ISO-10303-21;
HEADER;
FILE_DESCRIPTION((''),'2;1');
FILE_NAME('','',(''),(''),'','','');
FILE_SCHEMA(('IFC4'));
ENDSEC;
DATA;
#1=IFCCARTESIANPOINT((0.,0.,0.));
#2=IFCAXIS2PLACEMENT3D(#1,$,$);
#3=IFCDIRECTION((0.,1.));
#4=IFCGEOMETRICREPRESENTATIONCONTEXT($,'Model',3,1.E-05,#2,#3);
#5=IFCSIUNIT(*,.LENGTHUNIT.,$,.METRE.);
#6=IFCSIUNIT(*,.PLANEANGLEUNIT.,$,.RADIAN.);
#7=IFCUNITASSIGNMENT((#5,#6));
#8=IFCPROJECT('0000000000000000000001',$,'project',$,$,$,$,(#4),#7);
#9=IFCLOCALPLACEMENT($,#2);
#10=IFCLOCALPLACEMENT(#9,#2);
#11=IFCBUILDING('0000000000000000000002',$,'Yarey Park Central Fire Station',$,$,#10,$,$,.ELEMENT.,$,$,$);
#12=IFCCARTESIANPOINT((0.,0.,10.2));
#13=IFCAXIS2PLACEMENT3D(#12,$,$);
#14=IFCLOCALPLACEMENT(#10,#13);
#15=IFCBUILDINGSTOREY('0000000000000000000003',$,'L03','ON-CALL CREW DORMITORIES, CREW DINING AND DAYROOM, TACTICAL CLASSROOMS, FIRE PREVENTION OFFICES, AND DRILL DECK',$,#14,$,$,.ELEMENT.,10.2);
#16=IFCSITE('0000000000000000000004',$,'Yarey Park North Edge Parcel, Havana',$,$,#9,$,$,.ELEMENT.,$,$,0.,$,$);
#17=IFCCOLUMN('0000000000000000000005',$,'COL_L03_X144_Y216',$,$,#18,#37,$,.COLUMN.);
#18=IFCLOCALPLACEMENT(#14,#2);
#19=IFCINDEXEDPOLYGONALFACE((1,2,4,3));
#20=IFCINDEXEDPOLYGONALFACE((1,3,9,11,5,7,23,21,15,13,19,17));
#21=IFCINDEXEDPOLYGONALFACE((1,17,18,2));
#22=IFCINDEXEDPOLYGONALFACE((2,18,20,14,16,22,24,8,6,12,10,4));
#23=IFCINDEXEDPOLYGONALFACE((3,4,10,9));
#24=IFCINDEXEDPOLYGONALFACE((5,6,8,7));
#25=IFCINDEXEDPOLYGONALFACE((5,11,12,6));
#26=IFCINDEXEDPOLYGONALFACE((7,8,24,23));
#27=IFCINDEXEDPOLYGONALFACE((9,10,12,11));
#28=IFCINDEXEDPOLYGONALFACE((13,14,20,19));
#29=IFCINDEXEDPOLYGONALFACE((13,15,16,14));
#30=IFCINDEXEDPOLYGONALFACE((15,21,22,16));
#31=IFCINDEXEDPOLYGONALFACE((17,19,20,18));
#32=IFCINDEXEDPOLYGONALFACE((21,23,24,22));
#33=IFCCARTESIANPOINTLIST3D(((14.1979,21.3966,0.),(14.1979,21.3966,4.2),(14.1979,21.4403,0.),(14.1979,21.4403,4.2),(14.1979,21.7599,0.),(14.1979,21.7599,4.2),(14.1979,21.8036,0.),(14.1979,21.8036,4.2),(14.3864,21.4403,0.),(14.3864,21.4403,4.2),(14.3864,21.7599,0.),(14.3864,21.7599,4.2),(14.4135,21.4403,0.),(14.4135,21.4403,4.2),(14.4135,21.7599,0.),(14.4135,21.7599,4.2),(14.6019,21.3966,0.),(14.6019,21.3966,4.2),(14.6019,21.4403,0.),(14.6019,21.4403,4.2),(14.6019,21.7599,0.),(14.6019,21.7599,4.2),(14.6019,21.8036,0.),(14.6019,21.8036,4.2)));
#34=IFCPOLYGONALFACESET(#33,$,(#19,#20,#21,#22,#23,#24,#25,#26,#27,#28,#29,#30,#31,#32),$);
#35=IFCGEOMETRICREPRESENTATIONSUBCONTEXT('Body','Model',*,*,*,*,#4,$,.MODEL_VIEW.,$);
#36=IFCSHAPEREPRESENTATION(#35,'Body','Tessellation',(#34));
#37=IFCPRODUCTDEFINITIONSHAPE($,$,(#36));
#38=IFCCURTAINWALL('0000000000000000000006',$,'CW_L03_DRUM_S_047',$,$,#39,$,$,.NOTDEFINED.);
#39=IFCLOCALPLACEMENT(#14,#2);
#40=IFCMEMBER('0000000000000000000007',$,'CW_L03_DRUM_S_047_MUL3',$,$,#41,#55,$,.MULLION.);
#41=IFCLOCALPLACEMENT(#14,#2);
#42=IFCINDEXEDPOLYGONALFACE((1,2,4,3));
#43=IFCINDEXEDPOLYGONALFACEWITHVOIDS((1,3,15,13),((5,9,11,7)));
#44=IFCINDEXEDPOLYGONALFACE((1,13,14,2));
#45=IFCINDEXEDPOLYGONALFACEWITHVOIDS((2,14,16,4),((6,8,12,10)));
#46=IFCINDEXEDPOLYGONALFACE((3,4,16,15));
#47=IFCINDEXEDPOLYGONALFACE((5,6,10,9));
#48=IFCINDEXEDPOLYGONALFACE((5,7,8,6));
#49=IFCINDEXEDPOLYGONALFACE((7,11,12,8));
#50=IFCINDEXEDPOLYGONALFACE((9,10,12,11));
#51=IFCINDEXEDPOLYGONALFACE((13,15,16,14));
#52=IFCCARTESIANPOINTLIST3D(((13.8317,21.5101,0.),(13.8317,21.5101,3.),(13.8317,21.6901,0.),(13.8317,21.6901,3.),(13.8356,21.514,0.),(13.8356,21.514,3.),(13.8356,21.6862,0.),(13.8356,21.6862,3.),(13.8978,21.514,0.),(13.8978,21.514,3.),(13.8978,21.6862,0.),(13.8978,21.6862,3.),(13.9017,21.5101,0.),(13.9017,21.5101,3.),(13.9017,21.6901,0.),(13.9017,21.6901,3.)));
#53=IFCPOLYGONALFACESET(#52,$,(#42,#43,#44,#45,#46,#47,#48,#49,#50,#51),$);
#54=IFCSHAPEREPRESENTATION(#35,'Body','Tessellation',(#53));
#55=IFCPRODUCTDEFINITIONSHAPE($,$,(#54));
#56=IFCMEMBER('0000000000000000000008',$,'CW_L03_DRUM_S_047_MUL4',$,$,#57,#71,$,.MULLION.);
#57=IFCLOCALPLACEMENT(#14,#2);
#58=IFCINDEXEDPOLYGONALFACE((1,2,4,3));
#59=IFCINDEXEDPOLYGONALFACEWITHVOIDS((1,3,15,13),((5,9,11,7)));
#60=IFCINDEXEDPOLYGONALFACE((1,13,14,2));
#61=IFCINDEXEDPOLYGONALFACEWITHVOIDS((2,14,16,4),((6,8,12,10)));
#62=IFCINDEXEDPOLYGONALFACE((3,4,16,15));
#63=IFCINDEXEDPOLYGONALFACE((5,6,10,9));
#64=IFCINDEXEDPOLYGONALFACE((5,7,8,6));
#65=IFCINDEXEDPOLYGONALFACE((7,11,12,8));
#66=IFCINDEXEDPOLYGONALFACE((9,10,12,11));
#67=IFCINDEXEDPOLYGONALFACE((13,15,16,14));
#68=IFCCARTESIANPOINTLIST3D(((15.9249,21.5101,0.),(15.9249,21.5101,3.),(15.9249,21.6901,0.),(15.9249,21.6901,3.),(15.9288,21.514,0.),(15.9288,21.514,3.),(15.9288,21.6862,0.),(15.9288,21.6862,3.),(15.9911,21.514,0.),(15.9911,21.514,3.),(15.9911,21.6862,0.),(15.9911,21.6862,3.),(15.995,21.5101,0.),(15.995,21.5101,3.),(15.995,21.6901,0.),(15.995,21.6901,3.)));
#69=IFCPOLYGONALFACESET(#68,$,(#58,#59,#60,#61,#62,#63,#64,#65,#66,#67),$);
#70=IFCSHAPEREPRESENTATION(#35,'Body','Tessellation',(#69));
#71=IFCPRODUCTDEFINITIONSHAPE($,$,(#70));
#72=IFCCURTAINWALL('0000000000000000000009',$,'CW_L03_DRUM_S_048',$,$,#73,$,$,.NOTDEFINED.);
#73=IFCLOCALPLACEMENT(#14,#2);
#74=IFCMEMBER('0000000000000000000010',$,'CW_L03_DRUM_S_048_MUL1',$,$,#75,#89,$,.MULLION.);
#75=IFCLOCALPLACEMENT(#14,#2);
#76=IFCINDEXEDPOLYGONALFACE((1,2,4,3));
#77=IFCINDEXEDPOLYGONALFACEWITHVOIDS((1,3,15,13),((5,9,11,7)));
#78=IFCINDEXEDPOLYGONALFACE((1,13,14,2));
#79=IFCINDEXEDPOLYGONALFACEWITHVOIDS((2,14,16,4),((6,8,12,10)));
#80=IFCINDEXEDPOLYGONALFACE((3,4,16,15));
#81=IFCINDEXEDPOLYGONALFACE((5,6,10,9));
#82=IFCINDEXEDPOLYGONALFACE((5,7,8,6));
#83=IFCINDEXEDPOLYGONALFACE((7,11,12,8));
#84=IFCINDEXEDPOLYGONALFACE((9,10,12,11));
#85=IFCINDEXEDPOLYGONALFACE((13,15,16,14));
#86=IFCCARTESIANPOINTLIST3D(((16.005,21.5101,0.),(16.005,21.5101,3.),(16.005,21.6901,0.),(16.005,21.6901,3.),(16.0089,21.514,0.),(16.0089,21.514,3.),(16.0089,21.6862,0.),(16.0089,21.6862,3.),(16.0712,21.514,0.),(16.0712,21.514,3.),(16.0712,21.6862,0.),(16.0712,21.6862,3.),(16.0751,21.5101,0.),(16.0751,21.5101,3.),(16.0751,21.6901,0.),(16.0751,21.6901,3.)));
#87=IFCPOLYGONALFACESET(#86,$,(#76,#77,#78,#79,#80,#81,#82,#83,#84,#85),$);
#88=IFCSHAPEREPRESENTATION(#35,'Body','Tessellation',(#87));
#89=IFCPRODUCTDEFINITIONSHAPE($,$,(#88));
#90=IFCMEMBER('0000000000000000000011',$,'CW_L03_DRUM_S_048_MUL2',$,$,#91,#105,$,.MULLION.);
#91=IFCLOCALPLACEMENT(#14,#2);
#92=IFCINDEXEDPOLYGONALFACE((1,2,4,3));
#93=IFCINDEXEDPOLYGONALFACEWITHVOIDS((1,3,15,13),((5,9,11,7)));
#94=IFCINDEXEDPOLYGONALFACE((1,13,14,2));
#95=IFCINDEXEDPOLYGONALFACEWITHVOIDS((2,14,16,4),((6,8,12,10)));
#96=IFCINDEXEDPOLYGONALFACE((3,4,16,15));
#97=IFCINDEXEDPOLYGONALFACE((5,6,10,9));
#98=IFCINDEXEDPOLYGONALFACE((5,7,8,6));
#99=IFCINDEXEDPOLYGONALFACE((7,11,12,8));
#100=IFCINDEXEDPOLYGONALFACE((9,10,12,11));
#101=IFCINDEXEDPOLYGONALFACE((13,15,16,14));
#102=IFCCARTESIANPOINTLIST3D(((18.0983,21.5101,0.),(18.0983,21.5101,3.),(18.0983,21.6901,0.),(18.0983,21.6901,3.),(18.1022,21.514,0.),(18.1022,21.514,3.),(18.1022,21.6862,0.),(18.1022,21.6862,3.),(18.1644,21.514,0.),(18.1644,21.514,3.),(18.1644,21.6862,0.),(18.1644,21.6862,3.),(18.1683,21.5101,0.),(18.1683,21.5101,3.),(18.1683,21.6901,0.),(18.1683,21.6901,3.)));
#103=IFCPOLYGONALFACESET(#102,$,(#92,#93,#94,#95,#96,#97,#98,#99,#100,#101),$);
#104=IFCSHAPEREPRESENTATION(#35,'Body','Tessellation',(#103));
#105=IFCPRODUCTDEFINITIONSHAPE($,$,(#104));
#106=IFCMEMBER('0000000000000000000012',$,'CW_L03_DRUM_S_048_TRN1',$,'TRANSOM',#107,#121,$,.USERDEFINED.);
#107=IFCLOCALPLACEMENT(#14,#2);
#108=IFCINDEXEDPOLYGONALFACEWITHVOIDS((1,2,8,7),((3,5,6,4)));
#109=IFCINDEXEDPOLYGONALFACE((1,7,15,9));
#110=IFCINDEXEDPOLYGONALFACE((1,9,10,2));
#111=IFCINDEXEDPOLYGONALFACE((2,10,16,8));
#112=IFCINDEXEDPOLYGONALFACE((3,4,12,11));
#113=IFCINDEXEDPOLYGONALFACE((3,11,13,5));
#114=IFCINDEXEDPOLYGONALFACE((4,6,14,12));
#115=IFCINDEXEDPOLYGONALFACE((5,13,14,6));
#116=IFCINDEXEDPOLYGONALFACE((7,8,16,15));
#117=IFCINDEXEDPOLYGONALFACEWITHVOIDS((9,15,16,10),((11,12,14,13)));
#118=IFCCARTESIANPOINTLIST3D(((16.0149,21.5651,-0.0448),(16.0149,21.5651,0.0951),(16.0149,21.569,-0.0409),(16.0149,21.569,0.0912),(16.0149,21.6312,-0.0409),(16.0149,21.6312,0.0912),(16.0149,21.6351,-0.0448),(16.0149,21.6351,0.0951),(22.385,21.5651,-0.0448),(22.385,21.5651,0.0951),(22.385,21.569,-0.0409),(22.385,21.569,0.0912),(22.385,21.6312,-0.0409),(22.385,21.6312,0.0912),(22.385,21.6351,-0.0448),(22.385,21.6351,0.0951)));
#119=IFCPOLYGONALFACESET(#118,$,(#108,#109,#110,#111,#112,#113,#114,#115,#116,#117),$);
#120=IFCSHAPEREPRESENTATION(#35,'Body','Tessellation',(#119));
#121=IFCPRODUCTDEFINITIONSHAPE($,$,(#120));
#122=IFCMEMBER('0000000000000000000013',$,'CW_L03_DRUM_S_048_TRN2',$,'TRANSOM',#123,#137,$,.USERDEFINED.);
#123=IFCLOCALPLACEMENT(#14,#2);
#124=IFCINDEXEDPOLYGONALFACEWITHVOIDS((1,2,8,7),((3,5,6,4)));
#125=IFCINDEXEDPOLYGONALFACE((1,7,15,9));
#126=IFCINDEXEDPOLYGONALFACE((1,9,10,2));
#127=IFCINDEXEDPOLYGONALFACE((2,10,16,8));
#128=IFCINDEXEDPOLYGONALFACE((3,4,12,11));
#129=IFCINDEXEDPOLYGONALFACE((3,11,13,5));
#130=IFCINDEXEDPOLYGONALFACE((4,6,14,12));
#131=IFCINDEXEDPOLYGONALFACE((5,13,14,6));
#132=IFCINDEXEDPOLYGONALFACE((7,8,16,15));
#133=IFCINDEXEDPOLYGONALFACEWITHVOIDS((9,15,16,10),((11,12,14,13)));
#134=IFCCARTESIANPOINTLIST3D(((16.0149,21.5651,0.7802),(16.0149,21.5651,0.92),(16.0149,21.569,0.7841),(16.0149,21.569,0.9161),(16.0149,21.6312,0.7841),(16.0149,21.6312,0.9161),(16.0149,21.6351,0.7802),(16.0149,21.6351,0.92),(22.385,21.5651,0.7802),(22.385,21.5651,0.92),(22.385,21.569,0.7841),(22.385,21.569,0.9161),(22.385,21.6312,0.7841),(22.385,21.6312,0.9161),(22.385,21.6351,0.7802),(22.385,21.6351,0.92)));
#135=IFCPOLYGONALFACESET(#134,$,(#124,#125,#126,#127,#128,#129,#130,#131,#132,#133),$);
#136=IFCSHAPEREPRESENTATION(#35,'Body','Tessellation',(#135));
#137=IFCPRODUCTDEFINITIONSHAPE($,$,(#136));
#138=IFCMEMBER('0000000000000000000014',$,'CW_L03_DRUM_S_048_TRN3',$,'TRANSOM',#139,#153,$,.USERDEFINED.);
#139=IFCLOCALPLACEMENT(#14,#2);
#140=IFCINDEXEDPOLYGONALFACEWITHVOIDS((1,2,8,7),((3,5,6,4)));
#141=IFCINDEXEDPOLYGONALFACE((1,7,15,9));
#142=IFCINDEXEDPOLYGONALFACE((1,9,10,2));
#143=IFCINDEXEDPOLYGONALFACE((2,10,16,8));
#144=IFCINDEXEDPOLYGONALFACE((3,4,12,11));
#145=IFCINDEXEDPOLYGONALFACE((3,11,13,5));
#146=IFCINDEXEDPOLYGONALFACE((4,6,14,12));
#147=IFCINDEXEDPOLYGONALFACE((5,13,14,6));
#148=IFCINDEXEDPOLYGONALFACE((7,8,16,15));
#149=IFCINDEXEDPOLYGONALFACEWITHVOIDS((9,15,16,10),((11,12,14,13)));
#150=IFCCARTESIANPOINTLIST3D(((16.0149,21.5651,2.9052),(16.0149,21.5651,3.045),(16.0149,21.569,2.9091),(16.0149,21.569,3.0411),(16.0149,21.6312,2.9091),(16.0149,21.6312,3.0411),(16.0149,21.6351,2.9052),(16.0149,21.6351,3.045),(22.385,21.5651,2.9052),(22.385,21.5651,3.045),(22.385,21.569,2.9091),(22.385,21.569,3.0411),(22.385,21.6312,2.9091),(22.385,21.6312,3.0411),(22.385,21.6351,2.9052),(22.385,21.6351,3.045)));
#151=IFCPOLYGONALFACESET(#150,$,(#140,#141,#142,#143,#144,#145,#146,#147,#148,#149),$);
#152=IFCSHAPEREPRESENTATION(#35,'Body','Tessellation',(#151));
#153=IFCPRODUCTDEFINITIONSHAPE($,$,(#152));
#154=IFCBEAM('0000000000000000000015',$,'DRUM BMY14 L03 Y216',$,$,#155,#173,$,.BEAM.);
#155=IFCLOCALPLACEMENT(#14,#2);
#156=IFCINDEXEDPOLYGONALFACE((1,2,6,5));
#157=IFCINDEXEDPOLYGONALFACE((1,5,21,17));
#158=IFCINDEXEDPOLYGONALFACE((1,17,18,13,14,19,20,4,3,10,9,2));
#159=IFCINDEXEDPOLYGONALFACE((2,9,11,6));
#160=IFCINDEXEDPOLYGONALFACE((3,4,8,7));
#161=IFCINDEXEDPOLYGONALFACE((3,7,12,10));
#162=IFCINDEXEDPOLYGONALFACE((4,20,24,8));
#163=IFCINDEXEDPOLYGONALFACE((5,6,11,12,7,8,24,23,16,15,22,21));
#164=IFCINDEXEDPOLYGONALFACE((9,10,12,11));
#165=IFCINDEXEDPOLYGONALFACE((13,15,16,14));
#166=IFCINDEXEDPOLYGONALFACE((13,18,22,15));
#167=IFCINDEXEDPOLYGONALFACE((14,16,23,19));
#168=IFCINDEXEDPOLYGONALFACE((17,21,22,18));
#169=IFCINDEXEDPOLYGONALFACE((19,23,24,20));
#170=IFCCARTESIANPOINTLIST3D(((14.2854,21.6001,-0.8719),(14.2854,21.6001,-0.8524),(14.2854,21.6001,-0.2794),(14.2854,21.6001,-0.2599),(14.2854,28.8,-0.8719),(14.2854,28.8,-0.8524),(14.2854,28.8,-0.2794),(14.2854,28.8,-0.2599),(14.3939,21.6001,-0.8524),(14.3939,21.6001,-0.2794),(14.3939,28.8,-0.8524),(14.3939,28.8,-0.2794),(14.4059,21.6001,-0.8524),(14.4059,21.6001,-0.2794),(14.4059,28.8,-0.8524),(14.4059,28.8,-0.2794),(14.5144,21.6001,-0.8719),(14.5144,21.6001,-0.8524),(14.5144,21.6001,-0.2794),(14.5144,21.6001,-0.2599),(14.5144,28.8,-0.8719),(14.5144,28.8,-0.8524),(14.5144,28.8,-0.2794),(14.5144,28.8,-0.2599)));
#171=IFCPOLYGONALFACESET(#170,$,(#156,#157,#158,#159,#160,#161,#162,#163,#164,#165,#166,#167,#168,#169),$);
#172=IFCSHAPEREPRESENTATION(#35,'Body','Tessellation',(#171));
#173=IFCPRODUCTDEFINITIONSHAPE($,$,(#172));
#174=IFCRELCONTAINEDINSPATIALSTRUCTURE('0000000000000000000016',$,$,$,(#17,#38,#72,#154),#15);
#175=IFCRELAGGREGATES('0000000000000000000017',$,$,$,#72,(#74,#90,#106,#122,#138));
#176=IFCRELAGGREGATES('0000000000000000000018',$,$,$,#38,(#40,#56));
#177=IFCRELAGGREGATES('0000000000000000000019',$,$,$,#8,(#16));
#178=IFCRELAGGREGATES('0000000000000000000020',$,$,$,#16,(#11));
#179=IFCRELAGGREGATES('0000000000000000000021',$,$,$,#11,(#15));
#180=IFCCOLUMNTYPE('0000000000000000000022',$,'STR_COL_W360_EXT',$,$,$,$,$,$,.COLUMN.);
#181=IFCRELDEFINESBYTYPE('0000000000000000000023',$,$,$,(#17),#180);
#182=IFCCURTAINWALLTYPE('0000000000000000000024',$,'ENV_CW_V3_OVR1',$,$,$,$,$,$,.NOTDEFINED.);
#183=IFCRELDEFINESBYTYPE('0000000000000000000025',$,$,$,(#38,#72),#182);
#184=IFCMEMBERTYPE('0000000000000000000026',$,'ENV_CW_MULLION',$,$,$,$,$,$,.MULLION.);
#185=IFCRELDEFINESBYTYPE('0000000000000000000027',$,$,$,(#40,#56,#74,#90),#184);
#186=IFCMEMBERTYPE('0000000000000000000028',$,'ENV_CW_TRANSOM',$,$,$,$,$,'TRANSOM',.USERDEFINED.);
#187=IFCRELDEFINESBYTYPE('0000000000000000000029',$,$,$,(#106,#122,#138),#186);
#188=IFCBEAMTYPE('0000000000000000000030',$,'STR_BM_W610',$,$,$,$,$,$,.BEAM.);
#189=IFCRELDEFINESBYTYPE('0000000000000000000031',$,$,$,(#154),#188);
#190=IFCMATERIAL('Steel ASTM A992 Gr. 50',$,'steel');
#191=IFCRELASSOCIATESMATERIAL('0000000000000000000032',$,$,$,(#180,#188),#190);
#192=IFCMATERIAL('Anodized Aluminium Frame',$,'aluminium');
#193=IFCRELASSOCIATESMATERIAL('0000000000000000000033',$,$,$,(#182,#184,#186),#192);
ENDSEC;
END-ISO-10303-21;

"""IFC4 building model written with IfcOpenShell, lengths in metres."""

from ifc_helpers import new_model, si_unit, direction, frame, origin, origin_2d, place, context, subcontext, project, spatial, hollow_rectangle, i_section, extrude, material, material_profile, profile_set, type_object, element, aggregate, save


model = new_model("IFC4")

# Units and contexts
model_context = context("Model", 3, precision=1e-05, world=origin(), true_north=direction((0.0, 1.0)))
body_context = subcontext(model_context, "Body", "Model", "MODEL_VIEW")
ifc_project = project(units=[si_unit("LENGTHUNIT", "METRE"), si_unit("PLANEANGLEUNIT", "RADIAN")], contexts=[model_context])

# Site, building, storey
site_placement = place(None, origin())
site = spatial("IfcSite", under=ifc_project, at=site_placement, Name="Yarey Park North Edge Parcel, Havana", CompositionType="ELEMENT", RefElevation=0.0)
building_placement = place(site_placement, origin())
building = spatial("IfcBuilding", under=site, at=building_placement, Name="Yarey Park Central Fire Station", CompositionType="ELEMENT")
storey_placement = place(building_placement, frame((0.0, 0.0, 10.2)))
storey = spatial("IfcBuildingStorey", under=building, at=storey_placement, Name="L03", Description="ON-CALL CREW DORMITORIES, CREW DINING AND DAYROOM, TACTICAL CLASSROOMS, FIRE PREVENTION OFFICES, AND DRILL DECK", CompositionType="ELEMENT", Elevation=10.2)

# Column
ifc_material_1 = material(Name="Steel ASTM A992 Gr. 50", Category="steel")
ifc_material_profile_1 = material_profile(ifc_material_1, i_section(OverallWidth=0.4041, OverallDepth=0.407, WebThickness=0.0271, FlangeThickness=0.0437, at=origin_2d()), Name="W360x347")
ifc_profile_set_1 = profile_set([ifc_material_profile_1], Name="Steel ASTM A992 Gr. 50")
column_type = type_object("IfcColumnType", Name="STR_COL_W360_EXT", PredefinedType="COLUMN", material=ifc_profile_set_1)
column_placement = place(storey_placement, frame((14.3999, 21.6001, 0.0), z_axis=(0.0, 0.0, 1.0), x_axis=(1.0, 0.0, 0.0)))
element("IfcColumn", 1, at=column_placement, inside=storey, type_object=column_type, Name="COL_L03_X144_Y216", PredefinedType="COLUMN", context=body_context, shape_type="SweptSolid", body=[
    extrude(i_section(OverallWidth=0.4041, OverallDepth=0.407, WebThickness=0.0271, FlangeThickness=0.0437, at=origin_2d()), origin(), (0.0, 0.0, 1.0), 4.2),
])

# Curtain walls, members
ifc_material_2 = material(Name="Anodized Aluminium Frame", Category="aluminium")
curtain_wall_type = type_object("IfcCurtainWallType", Name="ENV_CW_V3_OVR1", PredefinedType="NOTDEFINED", material=ifc_material_2)
curtain_wall_1_placement = place(storey_placement, origin())
curtain_wall_1 = element("IfcCurtainWall", 2, at=curtain_wall_1_placement, inside=storey, type_object=curtain_wall_type, Name="CW_L03_DRUM_S_047", PredefinedType="NOTDEFINED")
ifc_material_profile_2 = material_profile(ifc_material_2, hollow_rectangle(XDim=0.0701, YDim=0.1799, WallThickness=0.0039, at=origin_2d()), Name="ALU 180x70x4")
ifc_profile_set_2 = profile_set([ifc_material_profile_2], Name="Anodized Aluminium Frame")
member_type_1 = type_object("IfcMemberType", Name="ENV_CW_MULLION", PredefinedType="MULLION", material=ifc_profile_set_2)
member_1_placement = place(storey_placement, frame((13.8667, 21.6001, 0.0), z_axis=(0.0, 0.0, 1.0), x_axis=(1.0, 0.0, 0.0)))
member_1 = element("IfcMember", 3, at=member_1_placement, type_object=member_type_1, Name="CW_L03_DRUM_S_047_MUL3", PredefinedType="MULLION", context=body_context, shape_type="SweptSolid", body=[
    extrude(hollow_rectangle(XDim=0.0701, YDim=0.1799, WallThickness=0.0039, at=origin_2d()), origin(), (0.0, 0.0, 1.0), 3.0),
])
member_2_placement = place(storey_placement, frame((15.96, 21.6001, 0.0), z_axis=(0.0, 0.0, 1.0), x_axis=(1.0, 0.0, 0.0)))
member_2 = element("IfcMember", 4, at=member_2_placement, type_object=member_type_1, Name="CW_L03_DRUM_S_047_MUL4", PredefinedType="MULLION", context=body_context, shape_type="SweptSolid", body=[
    extrude(hollow_rectangle(XDim=0.0701, YDim=0.1799, WallThickness=0.0039, at=origin_2d()), origin(), (0.0, 0.0, 1.0), 3.0),
])
curtain_wall_2_placement = place(storey_placement, origin())
curtain_wall_2 = element("IfcCurtainWall", 5, at=curtain_wall_2_placement, inside=storey, type_object=curtain_wall_type, Name="CW_L03_DRUM_S_048", PredefinedType="NOTDEFINED")
member_3_placement = place(storey_placement, frame((16.04, 21.6001, 0.0), z_axis=(0.0, 0.0, 1.0), x_axis=(1.0, 0.0, 0.0)))
member_3 = element("IfcMember", 6, at=member_3_placement, type_object=member_type_1, Name="CW_L03_DRUM_S_048_MUL1", PredefinedType="MULLION", context=body_context, shape_type="SweptSolid", body=[
    extrude(hollow_rectangle(XDim=0.0701, YDim=0.1799, WallThickness=0.0039, at=origin_2d()), origin(), (0.0, 0.0, 1.0), 3.0),
])
member_4_placement = place(storey_placement, frame((18.1333, 21.6001, 0.0), z_axis=(0.0, 0.0, 1.0), x_axis=(1.0, 0.0, 0.0)))
member_4 = element("IfcMember", 7, at=member_4_placement, type_object=member_type_1, Name="CW_L03_DRUM_S_048_MUL2", PredefinedType="MULLION", context=body_context, shape_type="SweptSolid", body=[
    extrude(hollow_rectangle(XDim=0.0701, YDim=0.1799, WallThickness=0.0039, at=origin_2d()), origin(), (0.0, 0.0, 1.0), 3.0),
])
ifc_material_profile_3 = material_profile(ifc_material_2, hollow_rectangle(XDim=0.0701, YDim=0.1399, WallThickness=0.0039, at=origin_2d()), Name="ALU 140x70x4")
ifc_profile_set_3 = profile_set([ifc_material_profile_3], Name="Anodized Aluminium Frame")
member_type_2 = type_object("IfcMemberType", Name="ENV_CW_TRANSOM", ElementType="TRANSOM", PredefinedType="USERDEFINED", material=ifc_profile_set_3)
member_5_placement = place(storey_placement, frame((16.0149, 21.6001, 0.0251), z_axis=(1.0, 0.0, 0.0), x_axis=(0.0, 1.0, 0.0)))
member_5 = element("IfcMember", 8, at=member_5_placement, type_object=member_type_2, Name="CW_L03_DRUM_S_048_TRN1", ObjectType="TRANSOM", PredefinedType="USERDEFINED", context=body_context, shape_type="SweptSolid", body=[
    extrude(hollow_rectangle(XDim=0.0701, YDim=0.1399, WallThickness=0.0039, at=origin_2d()), origin(), (0.0, 0.0, 1.0), 6.3701),
])
member_6_placement = place(storey_placement, frame((16.0149, 21.6001, 0.8501), z_axis=(1.0, 0.0, 0.0), x_axis=(0.0, 1.0, 0.0)))
member_6 = element("IfcMember", 9, at=member_6_placement, type_object=member_type_2, Name="CW_L03_DRUM_S_048_TRN2", ObjectType="TRANSOM", PredefinedType="USERDEFINED", context=body_context, shape_type="SweptSolid", body=[
    extrude(hollow_rectangle(XDim=0.0701, YDim=0.1399, WallThickness=0.0039, at=origin_2d()), origin(), (0.0, 0.0, 1.0), 6.3701),
])
member_7_placement = place(storey_placement, frame((16.0149, 21.6001, 2.9751), z_axis=(1.0, 0.0, 0.0), x_axis=(0.0, 1.0, 0.0)))
member_7 = element("IfcMember", 10, at=member_7_placement, type_object=member_type_2, Name="CW_L03_DRUM_S_048_TRN3", ObjectType="TRANSOM", PredefinedType="USERDEFINED", context=body_context, shape_type="SweptSolid", body=[
    extrude(hollow_rectangle(XDim=0.0701, YDim=0.1399, WallThickness=0.0039, at=origin_2d()), origin(), (0.0, 0.0, 1.0), 6.3701),
])

# Beam
ifc_material_profile_4 = material_profile(ifc_material_1, i_section(OverallWidth=0.229, OverallDepth=0.6121, WebThickness=0.012, FlangeThickness=0.0195, at=origin_2d()), Name="W610x125")
ifc_profile_set_4 = profile_set([ifc_material_profile_4], Name="Steel ASTM A992 Gr. 50")
beam_type_1 = type_object("IfcBeamType", Name="STR_BM_W610", PredefinedType="BEAM", material=ifc_profile_set_4)
beam_1_placement = place(storey_placement, frame((14.3999, 21.6001, -0.5659), z_axis=(0.0, 1.0, 0.0), x_axis=(-1.0, 0.0, 0.0)))
element("IfcBeam", 11, at=beam_1_placement, inside=storey, type_object=beam_type_1, Name="DRUM BMY14 L03 Y216", PredefinedType="BEAM", context=body_context, shape_type="SweptSolid", body=[
    extrude(i_section(OverallWidth=0.229, OverallDepth=0.6121, WebThickness=0.012, FlangeThickness=0.0195, at=origin_2d()), origin(), (0.0, 0.0, 1.0), 7.2),
])

aggregate(curtain_wall_2, [member_3, member_4, member_5, member_6, member_7])
aggregate(curtain_wall_1, [member_1, member_2])

save(model, "model.ifc")
